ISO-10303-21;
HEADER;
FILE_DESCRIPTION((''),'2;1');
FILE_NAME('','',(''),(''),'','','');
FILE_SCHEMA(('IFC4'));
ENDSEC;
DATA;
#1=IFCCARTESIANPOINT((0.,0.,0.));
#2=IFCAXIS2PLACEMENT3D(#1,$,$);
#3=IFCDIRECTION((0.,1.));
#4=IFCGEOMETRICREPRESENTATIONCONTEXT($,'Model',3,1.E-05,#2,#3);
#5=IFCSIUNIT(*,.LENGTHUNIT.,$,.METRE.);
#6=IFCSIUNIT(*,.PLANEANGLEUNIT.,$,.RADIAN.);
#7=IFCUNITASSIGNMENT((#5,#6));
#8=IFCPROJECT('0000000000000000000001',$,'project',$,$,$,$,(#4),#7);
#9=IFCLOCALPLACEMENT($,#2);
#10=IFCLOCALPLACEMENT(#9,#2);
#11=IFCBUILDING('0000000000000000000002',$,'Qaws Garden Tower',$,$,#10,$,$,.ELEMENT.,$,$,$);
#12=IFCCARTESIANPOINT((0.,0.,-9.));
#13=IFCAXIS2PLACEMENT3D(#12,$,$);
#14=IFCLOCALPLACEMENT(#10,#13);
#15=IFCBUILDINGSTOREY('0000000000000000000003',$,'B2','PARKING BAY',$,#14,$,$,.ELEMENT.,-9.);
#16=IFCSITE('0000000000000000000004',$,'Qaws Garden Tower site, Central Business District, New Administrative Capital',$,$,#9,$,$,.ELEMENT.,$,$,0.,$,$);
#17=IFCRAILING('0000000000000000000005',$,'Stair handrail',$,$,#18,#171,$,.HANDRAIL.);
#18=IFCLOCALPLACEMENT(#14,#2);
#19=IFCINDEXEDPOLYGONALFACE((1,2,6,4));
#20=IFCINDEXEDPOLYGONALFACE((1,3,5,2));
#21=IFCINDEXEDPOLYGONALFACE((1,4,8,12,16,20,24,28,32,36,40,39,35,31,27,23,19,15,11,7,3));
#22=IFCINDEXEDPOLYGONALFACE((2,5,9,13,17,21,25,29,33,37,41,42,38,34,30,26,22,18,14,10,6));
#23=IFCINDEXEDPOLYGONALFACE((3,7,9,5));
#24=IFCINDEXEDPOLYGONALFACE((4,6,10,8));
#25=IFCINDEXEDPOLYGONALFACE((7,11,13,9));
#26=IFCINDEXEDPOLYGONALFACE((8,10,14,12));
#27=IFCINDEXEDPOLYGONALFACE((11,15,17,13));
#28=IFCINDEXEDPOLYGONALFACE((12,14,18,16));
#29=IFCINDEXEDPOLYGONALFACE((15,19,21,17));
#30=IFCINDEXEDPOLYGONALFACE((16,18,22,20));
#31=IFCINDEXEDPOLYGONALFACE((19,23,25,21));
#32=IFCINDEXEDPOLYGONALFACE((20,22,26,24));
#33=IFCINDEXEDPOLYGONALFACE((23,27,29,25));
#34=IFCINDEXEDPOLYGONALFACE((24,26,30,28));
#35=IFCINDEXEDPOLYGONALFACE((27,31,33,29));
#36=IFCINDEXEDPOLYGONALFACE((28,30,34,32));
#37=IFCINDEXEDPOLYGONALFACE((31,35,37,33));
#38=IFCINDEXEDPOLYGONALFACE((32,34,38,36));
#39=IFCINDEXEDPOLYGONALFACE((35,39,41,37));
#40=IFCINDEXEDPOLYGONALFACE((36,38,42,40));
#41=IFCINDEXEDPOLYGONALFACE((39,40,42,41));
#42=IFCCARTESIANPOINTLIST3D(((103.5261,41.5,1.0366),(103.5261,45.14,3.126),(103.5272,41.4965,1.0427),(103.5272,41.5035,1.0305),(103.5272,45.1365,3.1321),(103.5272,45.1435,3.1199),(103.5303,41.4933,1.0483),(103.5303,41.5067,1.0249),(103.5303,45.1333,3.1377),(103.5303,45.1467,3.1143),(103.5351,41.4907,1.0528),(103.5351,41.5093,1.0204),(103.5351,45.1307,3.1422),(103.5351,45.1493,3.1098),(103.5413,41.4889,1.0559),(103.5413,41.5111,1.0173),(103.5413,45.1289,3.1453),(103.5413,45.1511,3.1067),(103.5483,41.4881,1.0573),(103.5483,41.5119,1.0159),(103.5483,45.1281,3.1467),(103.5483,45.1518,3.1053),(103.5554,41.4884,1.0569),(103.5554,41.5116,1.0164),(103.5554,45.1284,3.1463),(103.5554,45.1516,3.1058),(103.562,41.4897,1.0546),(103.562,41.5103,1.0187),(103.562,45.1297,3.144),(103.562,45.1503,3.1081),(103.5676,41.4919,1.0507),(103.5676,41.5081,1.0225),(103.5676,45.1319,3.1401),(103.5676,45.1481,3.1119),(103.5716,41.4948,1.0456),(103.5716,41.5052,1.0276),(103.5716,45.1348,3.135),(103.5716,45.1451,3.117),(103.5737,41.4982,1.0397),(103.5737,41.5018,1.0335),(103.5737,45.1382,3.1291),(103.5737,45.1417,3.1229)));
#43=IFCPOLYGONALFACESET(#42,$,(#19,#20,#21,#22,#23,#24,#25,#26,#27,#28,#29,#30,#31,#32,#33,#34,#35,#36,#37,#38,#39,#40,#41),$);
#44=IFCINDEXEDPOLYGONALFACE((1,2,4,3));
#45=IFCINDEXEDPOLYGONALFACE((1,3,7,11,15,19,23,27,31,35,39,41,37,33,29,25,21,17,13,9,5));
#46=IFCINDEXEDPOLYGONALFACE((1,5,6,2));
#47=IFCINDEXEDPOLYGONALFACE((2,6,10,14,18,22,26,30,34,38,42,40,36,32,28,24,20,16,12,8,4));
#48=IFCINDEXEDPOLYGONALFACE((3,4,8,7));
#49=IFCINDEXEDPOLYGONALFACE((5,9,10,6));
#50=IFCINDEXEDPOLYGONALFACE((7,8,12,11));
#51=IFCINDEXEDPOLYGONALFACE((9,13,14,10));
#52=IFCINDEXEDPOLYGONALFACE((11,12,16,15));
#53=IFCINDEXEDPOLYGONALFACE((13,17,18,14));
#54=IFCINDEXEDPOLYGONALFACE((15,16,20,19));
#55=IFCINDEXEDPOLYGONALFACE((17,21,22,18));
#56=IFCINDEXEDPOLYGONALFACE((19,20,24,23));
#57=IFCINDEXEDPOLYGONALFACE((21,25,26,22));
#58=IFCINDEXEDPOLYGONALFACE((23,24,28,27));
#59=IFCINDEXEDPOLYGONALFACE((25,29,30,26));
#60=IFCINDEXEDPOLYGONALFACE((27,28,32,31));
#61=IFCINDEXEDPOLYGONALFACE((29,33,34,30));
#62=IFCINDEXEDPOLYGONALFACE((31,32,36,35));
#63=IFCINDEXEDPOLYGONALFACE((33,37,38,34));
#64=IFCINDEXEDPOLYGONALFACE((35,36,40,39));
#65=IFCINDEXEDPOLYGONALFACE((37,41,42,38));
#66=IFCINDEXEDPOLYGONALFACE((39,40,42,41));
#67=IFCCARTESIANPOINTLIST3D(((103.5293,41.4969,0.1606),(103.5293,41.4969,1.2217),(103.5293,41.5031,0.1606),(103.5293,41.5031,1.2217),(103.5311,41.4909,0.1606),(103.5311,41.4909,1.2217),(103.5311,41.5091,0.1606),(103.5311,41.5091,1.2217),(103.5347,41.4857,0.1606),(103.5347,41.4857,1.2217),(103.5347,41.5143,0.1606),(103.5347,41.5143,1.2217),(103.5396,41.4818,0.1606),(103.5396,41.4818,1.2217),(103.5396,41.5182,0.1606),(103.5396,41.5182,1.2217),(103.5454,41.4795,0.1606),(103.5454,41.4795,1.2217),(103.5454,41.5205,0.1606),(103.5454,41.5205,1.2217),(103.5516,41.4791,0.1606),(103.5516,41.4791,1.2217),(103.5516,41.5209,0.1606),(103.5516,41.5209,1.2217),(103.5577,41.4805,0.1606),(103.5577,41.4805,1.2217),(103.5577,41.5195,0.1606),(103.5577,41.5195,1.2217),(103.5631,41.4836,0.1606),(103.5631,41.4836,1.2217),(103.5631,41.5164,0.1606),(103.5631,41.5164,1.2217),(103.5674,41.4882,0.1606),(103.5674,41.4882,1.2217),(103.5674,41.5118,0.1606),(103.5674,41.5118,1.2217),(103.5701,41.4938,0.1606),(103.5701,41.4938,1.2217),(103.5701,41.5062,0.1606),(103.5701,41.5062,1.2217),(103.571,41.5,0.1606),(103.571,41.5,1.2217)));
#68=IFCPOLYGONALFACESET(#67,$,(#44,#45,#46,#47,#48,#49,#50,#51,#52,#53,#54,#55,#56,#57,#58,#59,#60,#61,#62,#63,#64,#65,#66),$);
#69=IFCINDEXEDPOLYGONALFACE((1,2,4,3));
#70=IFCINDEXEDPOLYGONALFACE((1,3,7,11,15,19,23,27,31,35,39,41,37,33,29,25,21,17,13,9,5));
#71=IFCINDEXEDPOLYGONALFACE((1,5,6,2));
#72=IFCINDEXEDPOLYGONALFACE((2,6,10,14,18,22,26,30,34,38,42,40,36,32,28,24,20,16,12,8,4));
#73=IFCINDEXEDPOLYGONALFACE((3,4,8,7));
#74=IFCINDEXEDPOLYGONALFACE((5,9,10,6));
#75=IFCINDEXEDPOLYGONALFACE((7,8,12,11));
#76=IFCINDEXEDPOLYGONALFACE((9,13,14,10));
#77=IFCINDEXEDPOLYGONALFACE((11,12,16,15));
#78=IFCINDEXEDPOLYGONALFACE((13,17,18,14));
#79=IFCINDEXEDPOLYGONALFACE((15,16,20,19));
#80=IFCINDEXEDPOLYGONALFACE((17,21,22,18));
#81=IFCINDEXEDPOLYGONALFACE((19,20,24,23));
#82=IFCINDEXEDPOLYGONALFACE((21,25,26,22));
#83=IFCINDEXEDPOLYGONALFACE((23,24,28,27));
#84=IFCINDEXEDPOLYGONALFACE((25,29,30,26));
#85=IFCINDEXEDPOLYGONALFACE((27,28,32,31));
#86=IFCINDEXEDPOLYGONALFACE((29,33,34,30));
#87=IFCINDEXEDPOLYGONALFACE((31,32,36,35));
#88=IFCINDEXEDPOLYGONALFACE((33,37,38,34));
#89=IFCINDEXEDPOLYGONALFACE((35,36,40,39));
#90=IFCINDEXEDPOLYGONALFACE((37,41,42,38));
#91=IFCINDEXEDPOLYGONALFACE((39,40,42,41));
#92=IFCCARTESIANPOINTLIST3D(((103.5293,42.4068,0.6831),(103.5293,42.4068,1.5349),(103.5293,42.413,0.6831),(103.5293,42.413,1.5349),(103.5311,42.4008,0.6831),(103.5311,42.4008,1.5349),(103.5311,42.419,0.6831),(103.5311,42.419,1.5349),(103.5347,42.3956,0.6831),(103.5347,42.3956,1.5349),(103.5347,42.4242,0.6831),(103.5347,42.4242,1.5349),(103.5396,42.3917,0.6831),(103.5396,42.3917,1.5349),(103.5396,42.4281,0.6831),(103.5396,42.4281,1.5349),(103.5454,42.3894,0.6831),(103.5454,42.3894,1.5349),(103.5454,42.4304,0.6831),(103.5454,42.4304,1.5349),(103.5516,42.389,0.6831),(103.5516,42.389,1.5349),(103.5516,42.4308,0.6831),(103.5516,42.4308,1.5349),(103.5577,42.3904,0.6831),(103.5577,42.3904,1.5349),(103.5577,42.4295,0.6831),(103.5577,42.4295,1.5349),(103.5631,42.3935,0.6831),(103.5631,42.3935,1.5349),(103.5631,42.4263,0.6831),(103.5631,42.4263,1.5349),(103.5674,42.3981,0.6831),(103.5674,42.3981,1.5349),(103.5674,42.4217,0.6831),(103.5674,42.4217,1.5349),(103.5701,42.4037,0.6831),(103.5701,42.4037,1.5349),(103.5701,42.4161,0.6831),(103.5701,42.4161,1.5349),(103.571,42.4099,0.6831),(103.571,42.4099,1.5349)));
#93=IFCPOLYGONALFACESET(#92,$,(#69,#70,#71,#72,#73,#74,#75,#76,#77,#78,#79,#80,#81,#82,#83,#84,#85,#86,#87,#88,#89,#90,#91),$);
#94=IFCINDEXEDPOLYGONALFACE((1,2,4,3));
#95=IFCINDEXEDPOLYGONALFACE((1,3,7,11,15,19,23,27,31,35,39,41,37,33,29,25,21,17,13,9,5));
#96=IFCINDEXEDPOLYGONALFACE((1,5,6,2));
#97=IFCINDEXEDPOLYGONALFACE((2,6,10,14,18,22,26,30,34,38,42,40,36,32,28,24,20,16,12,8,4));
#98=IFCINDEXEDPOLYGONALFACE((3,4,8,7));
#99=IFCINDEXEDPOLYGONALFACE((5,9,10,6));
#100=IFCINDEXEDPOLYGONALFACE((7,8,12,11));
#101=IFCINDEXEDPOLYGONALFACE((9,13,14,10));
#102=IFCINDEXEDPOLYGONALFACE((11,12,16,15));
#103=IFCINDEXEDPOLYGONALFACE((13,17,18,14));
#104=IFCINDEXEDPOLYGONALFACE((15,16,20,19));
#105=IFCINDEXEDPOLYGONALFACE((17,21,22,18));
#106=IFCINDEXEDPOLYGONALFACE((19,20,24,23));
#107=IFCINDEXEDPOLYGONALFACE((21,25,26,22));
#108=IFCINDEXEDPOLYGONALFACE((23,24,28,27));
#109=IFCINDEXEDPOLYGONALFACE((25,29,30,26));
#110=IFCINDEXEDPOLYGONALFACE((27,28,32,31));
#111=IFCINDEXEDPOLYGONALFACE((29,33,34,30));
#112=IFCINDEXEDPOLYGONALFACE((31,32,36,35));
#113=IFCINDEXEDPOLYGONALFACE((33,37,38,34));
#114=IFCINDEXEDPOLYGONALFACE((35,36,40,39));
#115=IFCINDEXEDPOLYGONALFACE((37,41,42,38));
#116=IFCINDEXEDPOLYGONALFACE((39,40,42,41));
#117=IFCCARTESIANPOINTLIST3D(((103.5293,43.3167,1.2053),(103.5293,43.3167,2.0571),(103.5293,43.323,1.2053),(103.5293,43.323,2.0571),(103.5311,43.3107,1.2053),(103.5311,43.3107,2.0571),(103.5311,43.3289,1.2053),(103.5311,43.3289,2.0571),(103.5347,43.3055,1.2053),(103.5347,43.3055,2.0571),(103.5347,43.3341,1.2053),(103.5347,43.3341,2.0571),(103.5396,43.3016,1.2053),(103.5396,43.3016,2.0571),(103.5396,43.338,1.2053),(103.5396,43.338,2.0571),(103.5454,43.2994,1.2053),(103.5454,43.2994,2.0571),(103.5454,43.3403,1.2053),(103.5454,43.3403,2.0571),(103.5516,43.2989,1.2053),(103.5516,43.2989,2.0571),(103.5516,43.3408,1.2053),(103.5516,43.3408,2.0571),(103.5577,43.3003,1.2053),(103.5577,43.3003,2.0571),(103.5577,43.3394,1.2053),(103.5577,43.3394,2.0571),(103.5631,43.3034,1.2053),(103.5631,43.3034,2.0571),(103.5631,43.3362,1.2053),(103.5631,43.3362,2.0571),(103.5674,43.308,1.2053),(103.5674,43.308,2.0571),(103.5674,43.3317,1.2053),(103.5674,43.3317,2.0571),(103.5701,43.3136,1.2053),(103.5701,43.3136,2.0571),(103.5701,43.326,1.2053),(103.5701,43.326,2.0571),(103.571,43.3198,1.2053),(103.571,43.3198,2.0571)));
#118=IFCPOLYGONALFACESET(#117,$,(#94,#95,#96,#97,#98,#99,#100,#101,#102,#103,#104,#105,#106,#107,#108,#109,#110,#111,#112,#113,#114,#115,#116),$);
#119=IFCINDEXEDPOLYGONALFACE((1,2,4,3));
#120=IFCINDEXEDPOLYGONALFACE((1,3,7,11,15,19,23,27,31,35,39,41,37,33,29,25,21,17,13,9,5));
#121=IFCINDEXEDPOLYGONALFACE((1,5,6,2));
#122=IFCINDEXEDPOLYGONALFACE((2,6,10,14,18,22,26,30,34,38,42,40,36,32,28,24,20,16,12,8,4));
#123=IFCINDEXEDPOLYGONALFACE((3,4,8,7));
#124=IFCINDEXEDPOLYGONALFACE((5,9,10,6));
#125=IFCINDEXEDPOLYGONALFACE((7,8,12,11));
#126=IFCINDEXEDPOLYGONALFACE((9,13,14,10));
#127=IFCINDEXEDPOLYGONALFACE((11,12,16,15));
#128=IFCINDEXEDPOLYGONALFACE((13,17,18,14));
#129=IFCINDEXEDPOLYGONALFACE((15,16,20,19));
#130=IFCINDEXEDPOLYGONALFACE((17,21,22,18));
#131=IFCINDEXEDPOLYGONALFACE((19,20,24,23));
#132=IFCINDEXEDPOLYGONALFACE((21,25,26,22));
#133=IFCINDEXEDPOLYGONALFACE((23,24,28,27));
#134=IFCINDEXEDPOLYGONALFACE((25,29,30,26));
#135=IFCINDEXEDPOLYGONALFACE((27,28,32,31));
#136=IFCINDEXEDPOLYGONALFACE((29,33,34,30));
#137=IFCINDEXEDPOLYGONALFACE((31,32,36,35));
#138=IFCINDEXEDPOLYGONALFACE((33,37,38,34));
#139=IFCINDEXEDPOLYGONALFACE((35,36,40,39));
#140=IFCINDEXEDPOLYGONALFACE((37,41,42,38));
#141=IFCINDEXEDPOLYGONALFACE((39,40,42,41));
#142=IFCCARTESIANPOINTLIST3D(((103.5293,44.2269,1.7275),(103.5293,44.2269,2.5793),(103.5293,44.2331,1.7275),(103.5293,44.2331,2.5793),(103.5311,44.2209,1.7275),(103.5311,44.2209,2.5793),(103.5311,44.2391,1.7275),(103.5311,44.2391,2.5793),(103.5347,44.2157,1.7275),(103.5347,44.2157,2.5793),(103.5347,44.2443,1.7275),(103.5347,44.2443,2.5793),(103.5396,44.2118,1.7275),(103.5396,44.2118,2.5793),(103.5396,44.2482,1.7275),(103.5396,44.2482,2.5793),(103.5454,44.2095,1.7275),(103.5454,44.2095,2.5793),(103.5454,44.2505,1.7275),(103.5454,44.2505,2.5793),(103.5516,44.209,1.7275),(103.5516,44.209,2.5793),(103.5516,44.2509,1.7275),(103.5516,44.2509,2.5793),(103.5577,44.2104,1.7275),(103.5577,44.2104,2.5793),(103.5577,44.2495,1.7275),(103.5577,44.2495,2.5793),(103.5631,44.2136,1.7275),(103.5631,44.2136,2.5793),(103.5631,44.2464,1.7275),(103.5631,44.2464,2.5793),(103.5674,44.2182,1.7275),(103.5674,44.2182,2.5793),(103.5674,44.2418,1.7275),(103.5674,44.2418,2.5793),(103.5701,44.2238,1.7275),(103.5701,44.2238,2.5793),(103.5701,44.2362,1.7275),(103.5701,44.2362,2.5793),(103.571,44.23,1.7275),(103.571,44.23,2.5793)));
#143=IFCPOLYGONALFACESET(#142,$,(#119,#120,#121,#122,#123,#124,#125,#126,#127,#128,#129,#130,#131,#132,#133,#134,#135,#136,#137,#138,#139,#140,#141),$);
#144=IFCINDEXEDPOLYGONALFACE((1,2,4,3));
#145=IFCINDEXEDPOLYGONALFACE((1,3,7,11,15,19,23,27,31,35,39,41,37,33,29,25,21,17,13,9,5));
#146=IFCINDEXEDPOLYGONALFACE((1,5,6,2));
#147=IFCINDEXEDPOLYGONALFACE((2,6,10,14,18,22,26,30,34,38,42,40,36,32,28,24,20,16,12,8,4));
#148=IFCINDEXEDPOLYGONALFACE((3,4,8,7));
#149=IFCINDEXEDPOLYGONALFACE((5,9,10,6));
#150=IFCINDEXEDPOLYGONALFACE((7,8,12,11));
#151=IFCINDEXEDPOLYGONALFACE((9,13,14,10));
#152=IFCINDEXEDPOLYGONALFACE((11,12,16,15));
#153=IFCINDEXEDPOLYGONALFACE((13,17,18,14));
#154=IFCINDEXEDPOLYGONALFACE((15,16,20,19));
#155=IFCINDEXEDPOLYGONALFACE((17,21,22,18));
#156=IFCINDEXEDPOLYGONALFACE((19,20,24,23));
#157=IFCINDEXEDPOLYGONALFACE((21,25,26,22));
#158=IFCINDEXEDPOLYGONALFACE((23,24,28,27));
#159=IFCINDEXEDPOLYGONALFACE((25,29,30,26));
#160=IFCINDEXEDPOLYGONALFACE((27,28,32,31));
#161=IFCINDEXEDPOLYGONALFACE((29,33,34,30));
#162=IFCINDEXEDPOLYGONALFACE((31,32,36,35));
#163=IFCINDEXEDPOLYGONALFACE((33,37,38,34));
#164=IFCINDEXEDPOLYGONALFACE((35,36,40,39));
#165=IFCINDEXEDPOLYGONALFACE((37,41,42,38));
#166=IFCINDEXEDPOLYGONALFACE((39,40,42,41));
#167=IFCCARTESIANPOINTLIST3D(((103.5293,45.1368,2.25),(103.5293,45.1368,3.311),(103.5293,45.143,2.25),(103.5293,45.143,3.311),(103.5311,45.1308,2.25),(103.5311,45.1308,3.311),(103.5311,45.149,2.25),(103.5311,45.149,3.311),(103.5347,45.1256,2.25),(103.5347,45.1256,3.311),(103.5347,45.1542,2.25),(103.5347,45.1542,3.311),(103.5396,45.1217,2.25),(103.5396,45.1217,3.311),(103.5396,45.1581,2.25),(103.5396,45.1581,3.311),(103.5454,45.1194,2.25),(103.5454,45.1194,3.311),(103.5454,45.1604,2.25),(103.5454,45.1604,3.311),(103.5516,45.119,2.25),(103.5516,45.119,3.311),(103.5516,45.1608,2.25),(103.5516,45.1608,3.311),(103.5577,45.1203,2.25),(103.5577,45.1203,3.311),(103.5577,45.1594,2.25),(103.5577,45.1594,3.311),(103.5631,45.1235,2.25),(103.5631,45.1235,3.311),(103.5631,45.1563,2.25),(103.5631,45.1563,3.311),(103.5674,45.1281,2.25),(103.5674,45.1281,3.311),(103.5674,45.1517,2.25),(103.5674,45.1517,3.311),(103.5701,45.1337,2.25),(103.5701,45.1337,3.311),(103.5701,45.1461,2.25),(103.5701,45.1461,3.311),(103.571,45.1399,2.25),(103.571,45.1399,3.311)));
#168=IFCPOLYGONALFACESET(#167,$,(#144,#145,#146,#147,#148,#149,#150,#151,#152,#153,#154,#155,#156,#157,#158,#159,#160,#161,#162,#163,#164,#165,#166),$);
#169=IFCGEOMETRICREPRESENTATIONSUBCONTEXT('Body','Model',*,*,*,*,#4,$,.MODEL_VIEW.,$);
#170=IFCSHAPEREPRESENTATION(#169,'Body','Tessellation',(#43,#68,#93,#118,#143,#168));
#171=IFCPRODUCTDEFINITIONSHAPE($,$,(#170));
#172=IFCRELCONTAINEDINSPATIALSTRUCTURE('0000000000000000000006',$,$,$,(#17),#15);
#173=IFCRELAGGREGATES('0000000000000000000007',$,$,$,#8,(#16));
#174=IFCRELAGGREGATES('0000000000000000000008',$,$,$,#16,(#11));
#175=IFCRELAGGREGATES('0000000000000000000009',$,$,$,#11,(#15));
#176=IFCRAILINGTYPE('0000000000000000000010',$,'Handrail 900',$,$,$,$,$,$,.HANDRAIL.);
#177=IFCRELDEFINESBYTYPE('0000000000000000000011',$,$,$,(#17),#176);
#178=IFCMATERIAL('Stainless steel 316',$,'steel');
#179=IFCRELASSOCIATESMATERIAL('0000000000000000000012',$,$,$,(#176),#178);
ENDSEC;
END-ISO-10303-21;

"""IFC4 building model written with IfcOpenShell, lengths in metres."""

from ifc_helpers import new_model, si_unit, direction, frame, origin, origin_2d, place, context, subcontext, project, spatial, circle, extrude, material, type_object, element, save


model = new_model("IFC4")

# Units and contexts
model_context = context("Model", 3, precision=1e-05, world=origin(), true_north=direction((0.0, 1.0)))
body_context = subcontext(model_context, "Body", "Model", "MODEL_VIEW")
ifc_project = project(units=[si_unit("LENGTHUNIT", "METRE"), si_unit("PLANEANGLEUNIT", "RADIAN")], contexts=[model_context])

# Site, building, storey
site_placement = place(None, origin())
site = spatial("IfcSite", under=ifc_project, at=site_placement, Name="Qaws Garden Tower site, Central Business District, New Administrative Capital", CompositionType="ELEMENT", RefElevation=0.0)
building_placement = place(site_placement, origin())
building = spatial("IfcBuilding", under=site, at=building_placement, Name="Qaws Garden Tower", CompositionType="ELEMENT")
storey_placement = place(building_placement, frame((0.0, 0.0, -9.0)))
storey = spatial("IfcBuildingStorey", under=building, at=storey_placement, Name="B2", Description="PARKING BAY", CompositionType="ELEMENT", Elevation=-9.0)

# Railing
ifc_material_1 = material(Name="Stainless steel 316", Category="steel")
railing_type_1 = type_object("IfcRailingType", Name="Handrail 900", PredefinedType="HANDRAIL", material=ifc_material_1)
for number, where, name in (
    (1, (103.55, 41.5, 0.1606), "Stair handrail"),
):
    element("IfcRailing", number, at=place(storey_placement, frame(where)), inside=storey, type_object=railing_type_1, Name=name, PredefinedType="HANDRAIL", context=body_context, shape_type="SweptSolid", body=[
        extrude(circle(Radius=0.0239, at=origin_2d()), frame((0.0, 0.0, 0.876), z_axis=(0.0, 0.867275, 0.497829), x_axis=(-1.0, 0.0, 0.0)), (0.0, 0.0, 1.0), 4.197),
        extrude(circle(Radius=0.021, at=origin_2d()), origin(), (0.0, 0.0, 1.0), 1.061),
        extrude(circle(Radius=0.021, at=origin_2d()), frame((0.0, 0.9099, 0.5225)), (0.0, 0.0, 1.0), 0.8518),
        extrude(circle(Radius=0.021, at=origin_2d()), frame((0.0, 1.8198, 1.0447)), (0.0, 0.0, 1.0), 0.8518),
        extrude(circle(Radius=0.021, at=origin_2d()), frame((0.0, 2.73, 1.5669)), (0.0, 0.0, 1.0), 0.8518),
        extrude(circle(Radius=0.021, at=origin_2d()), frame((0.0, 3.6399, 2.0894)), (0.0, 0.0, 1.0), 1.061),
    ])

save(model, "model.ifc")
